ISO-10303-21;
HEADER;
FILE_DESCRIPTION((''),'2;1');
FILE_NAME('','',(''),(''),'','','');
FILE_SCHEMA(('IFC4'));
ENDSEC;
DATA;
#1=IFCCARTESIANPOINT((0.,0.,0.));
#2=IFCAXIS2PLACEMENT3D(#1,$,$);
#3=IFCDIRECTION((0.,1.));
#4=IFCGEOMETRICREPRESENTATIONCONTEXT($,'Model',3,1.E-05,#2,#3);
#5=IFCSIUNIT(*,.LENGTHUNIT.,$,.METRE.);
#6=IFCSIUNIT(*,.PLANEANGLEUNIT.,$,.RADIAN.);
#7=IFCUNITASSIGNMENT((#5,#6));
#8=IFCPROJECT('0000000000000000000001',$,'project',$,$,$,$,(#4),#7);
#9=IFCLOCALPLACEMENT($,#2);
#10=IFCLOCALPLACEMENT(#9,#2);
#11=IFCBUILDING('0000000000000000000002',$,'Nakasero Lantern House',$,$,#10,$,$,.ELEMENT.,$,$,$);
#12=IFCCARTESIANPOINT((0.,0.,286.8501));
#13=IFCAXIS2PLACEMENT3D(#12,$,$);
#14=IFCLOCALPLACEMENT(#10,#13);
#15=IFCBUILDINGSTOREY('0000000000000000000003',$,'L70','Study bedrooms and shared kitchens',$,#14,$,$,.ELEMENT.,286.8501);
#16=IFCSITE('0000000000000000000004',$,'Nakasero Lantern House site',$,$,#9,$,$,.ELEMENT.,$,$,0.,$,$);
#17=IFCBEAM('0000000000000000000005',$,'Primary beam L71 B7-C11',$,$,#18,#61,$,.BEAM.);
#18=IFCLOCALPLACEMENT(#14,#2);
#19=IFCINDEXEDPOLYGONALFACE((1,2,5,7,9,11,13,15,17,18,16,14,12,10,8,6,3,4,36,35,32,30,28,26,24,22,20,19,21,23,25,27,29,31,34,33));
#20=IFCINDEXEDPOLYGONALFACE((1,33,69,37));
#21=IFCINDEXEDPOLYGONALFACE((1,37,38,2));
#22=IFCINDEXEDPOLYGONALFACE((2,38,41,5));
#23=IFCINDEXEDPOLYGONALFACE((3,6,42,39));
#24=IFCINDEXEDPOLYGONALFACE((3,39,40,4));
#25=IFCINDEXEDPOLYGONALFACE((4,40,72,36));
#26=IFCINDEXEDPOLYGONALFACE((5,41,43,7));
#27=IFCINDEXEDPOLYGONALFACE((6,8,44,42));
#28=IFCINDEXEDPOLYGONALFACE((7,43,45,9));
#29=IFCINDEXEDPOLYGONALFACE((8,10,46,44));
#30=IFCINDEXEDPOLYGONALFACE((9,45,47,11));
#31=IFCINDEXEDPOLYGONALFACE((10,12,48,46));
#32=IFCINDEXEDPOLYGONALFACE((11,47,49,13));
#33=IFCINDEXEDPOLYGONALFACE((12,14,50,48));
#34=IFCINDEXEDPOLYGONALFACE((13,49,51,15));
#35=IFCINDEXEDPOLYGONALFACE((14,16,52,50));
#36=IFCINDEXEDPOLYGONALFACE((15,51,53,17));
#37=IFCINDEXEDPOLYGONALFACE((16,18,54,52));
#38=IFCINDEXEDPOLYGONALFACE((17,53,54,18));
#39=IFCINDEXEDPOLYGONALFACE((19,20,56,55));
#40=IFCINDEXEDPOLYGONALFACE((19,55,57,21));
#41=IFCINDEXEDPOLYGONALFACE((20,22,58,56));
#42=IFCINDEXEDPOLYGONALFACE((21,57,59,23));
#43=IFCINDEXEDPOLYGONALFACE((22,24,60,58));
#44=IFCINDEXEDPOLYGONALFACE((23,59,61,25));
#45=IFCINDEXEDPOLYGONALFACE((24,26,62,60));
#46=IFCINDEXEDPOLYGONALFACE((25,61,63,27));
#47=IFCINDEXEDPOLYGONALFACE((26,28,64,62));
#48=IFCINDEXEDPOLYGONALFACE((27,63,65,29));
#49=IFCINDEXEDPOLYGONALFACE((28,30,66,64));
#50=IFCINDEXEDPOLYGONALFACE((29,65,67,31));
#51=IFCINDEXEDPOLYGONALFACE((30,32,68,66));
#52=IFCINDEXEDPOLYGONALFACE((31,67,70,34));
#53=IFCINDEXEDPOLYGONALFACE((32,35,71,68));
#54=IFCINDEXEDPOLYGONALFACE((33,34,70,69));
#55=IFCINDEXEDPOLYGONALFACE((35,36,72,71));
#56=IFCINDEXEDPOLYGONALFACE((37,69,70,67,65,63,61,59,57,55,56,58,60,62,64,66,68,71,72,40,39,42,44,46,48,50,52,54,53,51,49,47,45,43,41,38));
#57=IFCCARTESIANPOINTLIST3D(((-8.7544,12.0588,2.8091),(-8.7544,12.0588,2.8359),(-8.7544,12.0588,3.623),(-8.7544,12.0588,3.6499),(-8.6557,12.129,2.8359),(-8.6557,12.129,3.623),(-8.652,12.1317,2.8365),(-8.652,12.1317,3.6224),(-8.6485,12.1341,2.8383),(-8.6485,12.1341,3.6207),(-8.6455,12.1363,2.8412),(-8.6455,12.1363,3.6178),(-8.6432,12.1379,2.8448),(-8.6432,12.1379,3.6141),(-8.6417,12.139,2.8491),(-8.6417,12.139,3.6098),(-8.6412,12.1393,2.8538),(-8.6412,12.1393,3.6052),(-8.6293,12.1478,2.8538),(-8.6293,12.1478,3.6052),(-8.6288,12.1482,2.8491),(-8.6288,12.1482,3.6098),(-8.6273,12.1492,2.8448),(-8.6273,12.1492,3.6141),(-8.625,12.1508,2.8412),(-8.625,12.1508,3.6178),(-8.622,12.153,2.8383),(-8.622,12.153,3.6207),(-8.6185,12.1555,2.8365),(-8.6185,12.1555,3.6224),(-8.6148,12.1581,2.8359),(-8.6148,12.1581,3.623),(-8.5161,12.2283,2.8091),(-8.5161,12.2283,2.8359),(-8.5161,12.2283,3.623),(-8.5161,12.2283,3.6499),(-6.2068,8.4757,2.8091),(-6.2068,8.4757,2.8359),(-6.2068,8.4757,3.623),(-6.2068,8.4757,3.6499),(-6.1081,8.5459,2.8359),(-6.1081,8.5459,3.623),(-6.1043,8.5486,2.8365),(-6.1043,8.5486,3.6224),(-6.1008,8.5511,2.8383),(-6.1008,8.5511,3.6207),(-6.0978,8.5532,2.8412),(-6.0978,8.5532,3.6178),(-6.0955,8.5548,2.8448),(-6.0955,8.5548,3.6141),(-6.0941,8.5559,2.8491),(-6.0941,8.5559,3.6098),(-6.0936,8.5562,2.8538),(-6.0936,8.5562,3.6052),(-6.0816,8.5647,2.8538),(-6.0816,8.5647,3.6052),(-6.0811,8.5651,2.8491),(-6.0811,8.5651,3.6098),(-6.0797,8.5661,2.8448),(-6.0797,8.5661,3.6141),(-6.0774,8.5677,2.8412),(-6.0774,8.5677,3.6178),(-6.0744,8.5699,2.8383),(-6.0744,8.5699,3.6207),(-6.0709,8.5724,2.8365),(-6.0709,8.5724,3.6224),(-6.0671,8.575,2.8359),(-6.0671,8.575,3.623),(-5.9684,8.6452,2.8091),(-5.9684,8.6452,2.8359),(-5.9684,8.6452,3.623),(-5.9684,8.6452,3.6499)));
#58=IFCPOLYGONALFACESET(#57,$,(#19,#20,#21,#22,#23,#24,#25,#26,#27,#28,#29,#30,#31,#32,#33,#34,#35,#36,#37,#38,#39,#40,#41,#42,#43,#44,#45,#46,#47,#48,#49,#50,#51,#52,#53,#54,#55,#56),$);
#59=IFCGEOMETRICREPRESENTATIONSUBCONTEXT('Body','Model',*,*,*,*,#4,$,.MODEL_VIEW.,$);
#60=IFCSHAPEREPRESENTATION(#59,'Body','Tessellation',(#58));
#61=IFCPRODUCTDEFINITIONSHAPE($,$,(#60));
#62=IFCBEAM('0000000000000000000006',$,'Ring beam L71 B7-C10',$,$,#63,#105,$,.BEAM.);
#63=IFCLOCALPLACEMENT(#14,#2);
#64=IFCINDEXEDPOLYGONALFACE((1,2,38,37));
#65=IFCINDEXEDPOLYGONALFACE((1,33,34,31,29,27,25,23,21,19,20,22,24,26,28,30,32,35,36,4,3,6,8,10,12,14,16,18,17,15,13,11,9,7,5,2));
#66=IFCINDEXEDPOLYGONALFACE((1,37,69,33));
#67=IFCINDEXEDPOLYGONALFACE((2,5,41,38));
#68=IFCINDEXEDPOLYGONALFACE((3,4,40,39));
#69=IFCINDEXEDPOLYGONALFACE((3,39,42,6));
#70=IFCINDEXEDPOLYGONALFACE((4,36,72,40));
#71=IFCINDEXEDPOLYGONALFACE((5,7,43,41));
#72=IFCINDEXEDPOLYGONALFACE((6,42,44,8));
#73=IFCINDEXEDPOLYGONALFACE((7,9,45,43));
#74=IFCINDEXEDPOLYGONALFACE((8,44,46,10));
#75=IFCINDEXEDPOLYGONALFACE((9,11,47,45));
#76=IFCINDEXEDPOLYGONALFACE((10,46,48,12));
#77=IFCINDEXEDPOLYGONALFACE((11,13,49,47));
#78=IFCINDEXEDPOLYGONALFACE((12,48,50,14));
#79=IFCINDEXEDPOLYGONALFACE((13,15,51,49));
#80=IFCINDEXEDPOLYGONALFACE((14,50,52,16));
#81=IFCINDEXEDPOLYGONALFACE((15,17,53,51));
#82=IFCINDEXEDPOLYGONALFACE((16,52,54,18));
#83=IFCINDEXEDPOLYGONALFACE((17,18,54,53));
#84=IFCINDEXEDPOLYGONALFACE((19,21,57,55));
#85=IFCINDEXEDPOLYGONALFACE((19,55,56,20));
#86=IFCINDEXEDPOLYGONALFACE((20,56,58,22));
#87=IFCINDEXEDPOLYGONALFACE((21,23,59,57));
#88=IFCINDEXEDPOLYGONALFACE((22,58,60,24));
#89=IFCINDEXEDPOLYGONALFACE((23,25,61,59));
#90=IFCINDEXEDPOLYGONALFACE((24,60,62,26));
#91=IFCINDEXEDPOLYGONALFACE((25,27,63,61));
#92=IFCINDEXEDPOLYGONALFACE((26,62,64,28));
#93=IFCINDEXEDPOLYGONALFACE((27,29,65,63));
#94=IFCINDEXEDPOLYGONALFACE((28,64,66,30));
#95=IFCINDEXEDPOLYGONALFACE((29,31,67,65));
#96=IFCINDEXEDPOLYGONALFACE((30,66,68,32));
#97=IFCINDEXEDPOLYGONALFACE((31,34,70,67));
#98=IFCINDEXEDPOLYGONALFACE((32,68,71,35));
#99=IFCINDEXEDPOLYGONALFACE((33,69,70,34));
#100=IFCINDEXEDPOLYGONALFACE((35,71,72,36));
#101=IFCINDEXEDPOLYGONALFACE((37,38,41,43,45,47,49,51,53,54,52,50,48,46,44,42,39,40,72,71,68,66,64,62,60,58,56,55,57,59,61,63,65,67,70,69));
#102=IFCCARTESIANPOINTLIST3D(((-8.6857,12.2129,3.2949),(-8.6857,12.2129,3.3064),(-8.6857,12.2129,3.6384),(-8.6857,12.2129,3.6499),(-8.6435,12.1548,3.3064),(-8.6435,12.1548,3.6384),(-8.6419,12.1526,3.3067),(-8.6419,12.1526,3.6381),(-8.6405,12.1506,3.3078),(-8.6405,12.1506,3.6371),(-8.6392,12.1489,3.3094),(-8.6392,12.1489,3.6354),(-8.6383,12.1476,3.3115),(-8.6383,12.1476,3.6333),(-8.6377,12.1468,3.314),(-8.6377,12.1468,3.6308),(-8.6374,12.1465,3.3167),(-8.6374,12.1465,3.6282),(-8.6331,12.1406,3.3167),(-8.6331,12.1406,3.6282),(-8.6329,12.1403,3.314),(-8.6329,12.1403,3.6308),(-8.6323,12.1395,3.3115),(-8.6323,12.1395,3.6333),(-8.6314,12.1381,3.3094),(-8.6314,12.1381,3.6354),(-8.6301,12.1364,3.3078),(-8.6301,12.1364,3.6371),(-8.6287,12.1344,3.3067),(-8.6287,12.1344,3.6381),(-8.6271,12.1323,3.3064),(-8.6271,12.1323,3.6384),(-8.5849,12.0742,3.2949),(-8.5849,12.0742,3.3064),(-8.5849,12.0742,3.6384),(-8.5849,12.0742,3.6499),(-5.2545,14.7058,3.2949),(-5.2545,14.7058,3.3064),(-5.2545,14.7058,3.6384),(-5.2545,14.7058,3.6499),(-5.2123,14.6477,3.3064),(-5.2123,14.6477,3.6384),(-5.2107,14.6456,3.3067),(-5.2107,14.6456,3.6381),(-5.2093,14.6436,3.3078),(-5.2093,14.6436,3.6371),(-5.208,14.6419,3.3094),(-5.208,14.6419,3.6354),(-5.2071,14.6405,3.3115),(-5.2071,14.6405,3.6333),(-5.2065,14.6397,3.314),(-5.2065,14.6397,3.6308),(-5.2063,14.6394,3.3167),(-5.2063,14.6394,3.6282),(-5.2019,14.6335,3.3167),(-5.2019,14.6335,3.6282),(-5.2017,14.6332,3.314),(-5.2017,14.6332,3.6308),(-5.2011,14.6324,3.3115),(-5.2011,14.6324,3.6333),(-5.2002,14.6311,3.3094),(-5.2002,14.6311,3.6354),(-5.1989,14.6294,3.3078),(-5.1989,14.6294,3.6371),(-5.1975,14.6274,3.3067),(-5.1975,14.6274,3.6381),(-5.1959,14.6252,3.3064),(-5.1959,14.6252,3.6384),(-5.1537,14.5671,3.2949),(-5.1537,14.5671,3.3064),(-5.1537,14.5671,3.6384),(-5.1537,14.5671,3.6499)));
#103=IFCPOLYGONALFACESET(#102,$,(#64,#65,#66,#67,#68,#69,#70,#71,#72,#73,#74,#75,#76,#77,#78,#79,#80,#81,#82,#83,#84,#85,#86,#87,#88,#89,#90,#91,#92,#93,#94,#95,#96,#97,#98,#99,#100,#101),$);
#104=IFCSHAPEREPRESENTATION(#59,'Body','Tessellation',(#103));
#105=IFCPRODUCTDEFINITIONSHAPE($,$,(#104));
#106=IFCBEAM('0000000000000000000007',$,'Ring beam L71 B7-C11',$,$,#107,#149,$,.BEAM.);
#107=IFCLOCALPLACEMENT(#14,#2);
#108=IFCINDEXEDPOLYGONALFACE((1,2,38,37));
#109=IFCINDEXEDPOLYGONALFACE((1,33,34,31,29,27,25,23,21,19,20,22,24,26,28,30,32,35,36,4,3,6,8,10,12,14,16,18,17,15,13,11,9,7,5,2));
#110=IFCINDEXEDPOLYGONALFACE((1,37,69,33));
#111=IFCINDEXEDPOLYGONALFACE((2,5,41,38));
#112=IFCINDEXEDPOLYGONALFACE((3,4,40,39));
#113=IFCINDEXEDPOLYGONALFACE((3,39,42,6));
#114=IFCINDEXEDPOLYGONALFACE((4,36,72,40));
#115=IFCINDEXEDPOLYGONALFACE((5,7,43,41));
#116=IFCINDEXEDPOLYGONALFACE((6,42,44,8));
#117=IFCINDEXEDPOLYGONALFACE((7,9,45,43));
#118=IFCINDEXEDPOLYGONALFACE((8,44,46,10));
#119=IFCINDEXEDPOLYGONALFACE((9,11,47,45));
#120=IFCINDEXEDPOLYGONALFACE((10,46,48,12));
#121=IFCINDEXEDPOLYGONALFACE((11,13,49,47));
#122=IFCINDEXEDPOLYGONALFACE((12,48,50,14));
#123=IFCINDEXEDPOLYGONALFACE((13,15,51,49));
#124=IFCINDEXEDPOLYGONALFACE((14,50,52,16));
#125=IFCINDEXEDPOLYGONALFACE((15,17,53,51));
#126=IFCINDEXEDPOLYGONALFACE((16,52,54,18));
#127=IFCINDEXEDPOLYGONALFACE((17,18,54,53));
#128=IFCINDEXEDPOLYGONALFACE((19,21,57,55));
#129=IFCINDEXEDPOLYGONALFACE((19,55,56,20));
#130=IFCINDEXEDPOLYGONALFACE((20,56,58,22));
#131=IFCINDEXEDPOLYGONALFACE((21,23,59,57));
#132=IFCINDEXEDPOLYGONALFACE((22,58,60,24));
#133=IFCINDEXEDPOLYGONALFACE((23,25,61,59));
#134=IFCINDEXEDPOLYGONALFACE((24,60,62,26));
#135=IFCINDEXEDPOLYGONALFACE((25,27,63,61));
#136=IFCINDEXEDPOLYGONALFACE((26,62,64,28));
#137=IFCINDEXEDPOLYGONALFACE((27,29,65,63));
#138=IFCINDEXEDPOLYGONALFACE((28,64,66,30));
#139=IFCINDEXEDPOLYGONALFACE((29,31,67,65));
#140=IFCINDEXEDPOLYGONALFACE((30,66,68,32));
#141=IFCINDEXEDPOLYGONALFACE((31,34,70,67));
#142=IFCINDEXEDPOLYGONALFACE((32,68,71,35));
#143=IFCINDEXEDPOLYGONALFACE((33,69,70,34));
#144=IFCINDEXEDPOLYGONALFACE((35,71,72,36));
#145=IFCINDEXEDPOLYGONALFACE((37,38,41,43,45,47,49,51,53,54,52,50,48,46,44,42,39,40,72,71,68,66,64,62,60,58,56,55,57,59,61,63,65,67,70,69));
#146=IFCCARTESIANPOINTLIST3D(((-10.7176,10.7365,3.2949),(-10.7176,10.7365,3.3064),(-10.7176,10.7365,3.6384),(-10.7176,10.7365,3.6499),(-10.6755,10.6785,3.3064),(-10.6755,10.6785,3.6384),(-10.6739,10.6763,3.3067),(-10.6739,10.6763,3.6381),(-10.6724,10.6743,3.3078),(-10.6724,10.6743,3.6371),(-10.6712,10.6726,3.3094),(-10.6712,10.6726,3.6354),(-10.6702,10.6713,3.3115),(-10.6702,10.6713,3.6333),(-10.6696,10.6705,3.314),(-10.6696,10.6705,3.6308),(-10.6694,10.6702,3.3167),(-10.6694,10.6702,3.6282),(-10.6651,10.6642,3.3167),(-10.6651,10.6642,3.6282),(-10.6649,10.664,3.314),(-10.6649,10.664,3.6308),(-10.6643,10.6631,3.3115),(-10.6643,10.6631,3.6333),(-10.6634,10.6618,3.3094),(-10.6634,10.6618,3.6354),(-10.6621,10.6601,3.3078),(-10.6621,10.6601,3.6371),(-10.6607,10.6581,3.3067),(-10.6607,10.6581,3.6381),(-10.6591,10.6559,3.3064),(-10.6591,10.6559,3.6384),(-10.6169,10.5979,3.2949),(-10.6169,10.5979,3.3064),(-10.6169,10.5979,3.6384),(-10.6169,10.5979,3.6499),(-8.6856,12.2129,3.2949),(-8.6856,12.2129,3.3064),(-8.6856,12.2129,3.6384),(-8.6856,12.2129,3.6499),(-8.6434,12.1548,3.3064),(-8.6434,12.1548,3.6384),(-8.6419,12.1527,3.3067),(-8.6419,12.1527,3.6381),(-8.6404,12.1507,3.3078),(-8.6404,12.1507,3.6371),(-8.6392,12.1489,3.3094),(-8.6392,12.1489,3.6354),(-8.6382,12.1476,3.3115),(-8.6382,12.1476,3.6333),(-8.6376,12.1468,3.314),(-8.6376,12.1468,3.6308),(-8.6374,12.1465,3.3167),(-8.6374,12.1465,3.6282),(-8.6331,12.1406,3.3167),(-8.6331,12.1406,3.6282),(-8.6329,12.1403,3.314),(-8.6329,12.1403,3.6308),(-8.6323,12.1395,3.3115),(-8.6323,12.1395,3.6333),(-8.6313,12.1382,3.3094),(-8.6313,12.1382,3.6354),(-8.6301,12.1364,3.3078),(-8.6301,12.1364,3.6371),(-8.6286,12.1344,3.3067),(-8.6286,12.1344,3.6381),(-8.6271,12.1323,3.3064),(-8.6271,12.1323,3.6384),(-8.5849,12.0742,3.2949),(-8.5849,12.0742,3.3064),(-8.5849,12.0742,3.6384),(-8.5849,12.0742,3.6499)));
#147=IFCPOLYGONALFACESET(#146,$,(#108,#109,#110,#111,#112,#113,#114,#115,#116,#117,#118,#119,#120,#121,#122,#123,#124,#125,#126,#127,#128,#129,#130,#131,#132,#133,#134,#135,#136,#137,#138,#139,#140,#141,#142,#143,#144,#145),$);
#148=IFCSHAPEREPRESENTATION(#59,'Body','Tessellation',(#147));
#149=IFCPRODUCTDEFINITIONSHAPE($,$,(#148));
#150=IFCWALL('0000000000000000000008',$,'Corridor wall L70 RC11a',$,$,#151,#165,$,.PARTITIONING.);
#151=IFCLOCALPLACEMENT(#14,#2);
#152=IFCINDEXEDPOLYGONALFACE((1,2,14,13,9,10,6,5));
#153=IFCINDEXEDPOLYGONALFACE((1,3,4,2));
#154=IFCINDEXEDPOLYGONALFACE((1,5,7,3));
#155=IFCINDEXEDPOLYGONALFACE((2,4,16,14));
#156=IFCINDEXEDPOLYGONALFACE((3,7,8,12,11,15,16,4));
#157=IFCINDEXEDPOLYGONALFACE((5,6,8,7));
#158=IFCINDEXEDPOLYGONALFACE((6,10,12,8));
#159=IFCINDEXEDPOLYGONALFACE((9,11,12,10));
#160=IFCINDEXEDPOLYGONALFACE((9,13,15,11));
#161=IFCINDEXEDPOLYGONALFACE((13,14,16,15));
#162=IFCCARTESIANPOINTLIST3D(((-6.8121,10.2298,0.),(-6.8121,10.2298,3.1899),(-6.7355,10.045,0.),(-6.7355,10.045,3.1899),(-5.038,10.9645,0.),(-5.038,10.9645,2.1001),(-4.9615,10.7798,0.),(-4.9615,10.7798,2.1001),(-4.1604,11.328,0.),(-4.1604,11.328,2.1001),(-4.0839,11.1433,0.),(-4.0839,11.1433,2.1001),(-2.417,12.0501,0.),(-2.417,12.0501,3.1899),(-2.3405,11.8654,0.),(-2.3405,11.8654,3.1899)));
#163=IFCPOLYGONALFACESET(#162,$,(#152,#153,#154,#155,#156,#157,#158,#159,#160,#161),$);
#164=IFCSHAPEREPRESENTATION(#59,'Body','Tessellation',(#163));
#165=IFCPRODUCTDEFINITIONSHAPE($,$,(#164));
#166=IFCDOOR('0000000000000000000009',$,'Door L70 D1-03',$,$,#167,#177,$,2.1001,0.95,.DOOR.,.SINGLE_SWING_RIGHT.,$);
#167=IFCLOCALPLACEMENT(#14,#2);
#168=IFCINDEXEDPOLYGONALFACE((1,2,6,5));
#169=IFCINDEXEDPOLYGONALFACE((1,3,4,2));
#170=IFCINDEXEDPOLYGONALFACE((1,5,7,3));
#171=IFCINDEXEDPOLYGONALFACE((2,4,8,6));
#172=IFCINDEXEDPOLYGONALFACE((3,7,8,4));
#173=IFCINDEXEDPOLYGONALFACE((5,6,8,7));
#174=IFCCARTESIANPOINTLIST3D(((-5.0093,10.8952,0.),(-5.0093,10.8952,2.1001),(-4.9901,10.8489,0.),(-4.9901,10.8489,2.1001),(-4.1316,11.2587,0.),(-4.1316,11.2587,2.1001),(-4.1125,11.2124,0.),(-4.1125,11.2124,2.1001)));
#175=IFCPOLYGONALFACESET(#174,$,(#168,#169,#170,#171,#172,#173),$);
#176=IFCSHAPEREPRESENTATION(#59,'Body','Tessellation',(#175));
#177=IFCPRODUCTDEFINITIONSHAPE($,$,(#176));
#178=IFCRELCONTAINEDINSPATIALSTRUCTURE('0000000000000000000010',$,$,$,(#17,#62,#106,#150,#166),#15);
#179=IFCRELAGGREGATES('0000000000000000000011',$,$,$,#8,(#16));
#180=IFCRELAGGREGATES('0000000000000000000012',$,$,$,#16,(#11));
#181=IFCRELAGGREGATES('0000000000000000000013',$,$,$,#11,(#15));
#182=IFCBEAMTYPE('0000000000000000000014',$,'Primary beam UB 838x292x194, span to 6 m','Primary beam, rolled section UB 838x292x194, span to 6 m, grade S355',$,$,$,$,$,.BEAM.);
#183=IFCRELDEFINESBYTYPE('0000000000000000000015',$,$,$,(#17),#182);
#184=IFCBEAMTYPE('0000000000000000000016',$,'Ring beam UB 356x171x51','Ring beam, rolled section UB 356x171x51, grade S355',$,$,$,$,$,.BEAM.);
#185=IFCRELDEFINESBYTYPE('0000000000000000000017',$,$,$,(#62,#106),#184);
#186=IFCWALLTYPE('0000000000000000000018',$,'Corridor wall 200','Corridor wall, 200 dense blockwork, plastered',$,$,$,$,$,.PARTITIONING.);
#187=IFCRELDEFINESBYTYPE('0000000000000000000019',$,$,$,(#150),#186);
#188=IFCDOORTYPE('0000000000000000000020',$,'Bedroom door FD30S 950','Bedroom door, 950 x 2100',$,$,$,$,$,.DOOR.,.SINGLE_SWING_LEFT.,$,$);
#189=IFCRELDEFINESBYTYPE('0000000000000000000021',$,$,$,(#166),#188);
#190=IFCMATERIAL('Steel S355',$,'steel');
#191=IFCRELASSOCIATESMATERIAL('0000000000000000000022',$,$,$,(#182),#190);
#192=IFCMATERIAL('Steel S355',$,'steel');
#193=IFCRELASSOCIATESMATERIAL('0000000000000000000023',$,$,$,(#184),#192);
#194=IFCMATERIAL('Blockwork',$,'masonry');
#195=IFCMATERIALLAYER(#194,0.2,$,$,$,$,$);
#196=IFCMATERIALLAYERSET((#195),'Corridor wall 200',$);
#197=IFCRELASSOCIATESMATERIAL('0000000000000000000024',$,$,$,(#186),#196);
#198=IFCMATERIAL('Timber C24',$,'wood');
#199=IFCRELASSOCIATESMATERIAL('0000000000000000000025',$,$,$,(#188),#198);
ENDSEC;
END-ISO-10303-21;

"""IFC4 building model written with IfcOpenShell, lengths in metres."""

from ifc_helpers import new_model, si_unit, direction, frame, frame_2d, origin, origin_2d, place, context, subcontext, project, spatial, rectangle, i_section, extrude, material, layer, layer_set, material_profile, profile_set, type_object, element, fill, save


model = new_model("IFC4")

# Units and contexts
model_context = context("Model", 3, precision=1e-05, world=origin(), true_north=direction((0.0, 1.0)))
body_context = subcontext(model_context, "Body", "Model", "MODEL_VIEW")
ifc_project = project(units=[si_unit("LENGTHUNIT", "METRE"), si_unit("PLANEANGLEUNIT", "RADIAN")], contexts=[model_context])

# Site, building, storey
site_placement = place(None, origin())
site = spatial("IfcSite", under=ifc_project, at=site_placement, Name="Nakasero Lantern House site", CompositionType="ELEMENT", RefElevation=0.0)
building_placement = place(site_placement, origin())
building = spatial("IfcBuilding", under=site, at=building_placement, Name="Nakasero Lantern House", CompositionType="ELEMENT")
storey_placement = place(building_placement, frame((0.0, 0.0, 286.8501)))
storey = spatial("IfcBuildingStorey", under=building, at=storey_placement, Name="L70", Description="Study bedrooms and shared kitchens", CompositionType="ELEMENT", Elevation=286.8501)

# Beams
ifc_material_1 = material(Name="Steel S355", Category="steel")
ifc_material_profile_1 = material_profile(ifc_material_1, i_section(OverallWidth=0.2925, OverallDepth=0.8408, WebThickness=0.0146, FlangeThickness=0.0269, FilletRadius=0.0178, at=origin_2d()), Name="UB 838x292x194")
ifc_profile_set_1 = profile_set([ifc_material_profile_1], Name="Steel S355")
beam_type_1 = type_object("IfcBeamType", Name="Primary beam UB 838x292x194, span to 6 m", Description="Primary beam, rolled section UB 838x292x194, span to 6 m, grade S355", PredefinedType="BEAM", material=ifc_profile_set_1)
beam_1_placement = place(storey_placement, frame((-8.6353, 12.1436, 3.2295), z_axis=(0.579477, -0.814989, 0.0), x_axis=(0.814989, 0.579477, 0.0)))
element("IfcBeam", 1, at=beam_1_placement, inside=storey, type_object=beam_type_1, Name="Primary beam L71 B7-C11", PredefinedType="BEAM", context=body_context, shape_type="SweptSolid", body=[
    extrude(i_section(OverallWidth=0.2925, OverallDepth=0.8408, WebThickness=0.0146, FlangeThickness=0.0269, FilletRadius=0.0178, at=origin_2d()), origin(), (0.0, 0.0, 1.0), 4.3965),
])
ifc_material_2 = material(Name="Steel S355", Category="steel")
ifc_material_profile_2 = material_profile(ifc_material_2, i_section(OverallWidth=0.1714, OverallDepth=0.355, WebThickness=0.0073, FlangeThickness=0.0115, FilletRadius=0.0103, at=origin_2d()), Name="UB 356x171x51")
ifc_profile_set_2 = profile_set([ifc_material_profile_2], Name="Steel S355")
beam_type_2 = type_object("IfcBeamType", Name="Ring beam UB 356x171x51", Description="Ring beam, rolled section UB 356x171x51, grade S355", PredefinedType="BEAM", material=ifc_profile_set_2)
beam_2_placement = place(storey_placement, frame((-5.2041, 14.6365, 3.4724), z_axis=(-0.809012, -0.587792, 0.0), x_axis=(0.587792, -0.809012, 0.0)))
element("IfcBeam", 2, at=beam_2_placement, inside=storey, type_object=beam_type_2, Name="Ring beam L71 B7-C10", PredefinedType="BEAM", context=body_context, shape_type="SweptSolid", body=[
    extrude(i_section(OverallWidth=0.1714, OverallDepth=0.355, WebThickness=0.0073, FlangeThickness=0.0115, FilletRadius=0.0103, at=origin_2d()), origin(), (0.0, 0.0, 1.0), 4.2412),
])
beam_3_placement = place(storey_placement, frame((-8.6353, 12.1436, 3.4724), z_axis=(-0.809018, -0.587784, 0.0), x_axis=(0.587784, -0.809018, 0.0)))
element("IfcBeam", 3, at=beam_3_placement, inside=storey, type_object=beam_type_2, Name="Ring beam L71 B7-C11", PredefinedType="BEAM", context=body_context, shape_type="SweptSolid", body=[
    extrude(i_section(OverallWidth=0.1714, OverallDepth=0.355, WebThickness=0.0073, FlangeThickness=0.0115, FilletRadius=0.0103, at=origin_2d()), origin(), (0.0, 0.0, 1.0), 2.5117),
])

# Wall, opening, door
ifc_material_3 = material(Name="Blockwork", Category="masonry")
ifc_layer_1 = layer(ifc_material_3, 0.2)
ifc_layer_set_1 = layer_set([ifc_layer_1], Name="Corridor wall 200")
wall_type_1 = type_object("IfcWallType", Name="Corridor wall 200", Description="Corridor wall, 200 dense blockwork, plastered", PredefinedType="PARTITIONING", material=ifc_layer_set_1)
wall_1_placement = place(storey_placement, frame((-6.7737, 10.1375, 0.0), z_axis=(0.0, 0.0, 1.0), x_axis=(0.923892, 0.382654, 0.0)))
wall_1 = element("IfcWall", 4, at=wall_1_placement, inside=storey, type_object=wall_type_1, Name="Corridor wall L70 RC11a", PredefinedType="PARTITIONING", context=body_context, shape_type="SweptSolid", body=[
    extrude(rectangle(XDim=4.7571, YDim=0.2, at=frame_2d((2.3784, 0.0))), origin(), (0.0, 0.0, 1.0), 3.1899),
])
opening_1_placement = place(wall_1_placement, frame((1.9199, 0.0, 0.0)))
opening_1 = element("IfcOpeningElement", 5, at=opening_1_placement, cuts=wall_1, PredefinedType="OPENING", context=body_context, shape_type="SweptSolid", body=[
    extrude(rectangle(XDim=0.95, YDim=2.1001, at=frame_2d((0.4751, 1.05))), frame((0.0, 0.1199, 0.0), z_axis=(0.0, -1.0, 0.0), x_axis=(1.0, 0.0, 0.0)), (0.0, 0.0, 1.0), 0.24),
])
ifc_material_4 = material(Name="Timber C24", Category="wood")
door_type_1 = type_object("IfcDoorType", Name="Bedroom door FD30S 950", Description="Bedroom door, 950 x 2100", OperationType="SINGLE_SWING_LEFT", PredefinedType="DOOR", material=ifc_material_4)
door_1_placement = place(opening_1_placement, origin())
door_1 = element("IfcDoor", 6, at=door_1_placement, inside=storey, type_object=door_type_1, Name="Door L70 D1-03", OperationType="SINGLE_SWING_RIGHT", OverallHeight=2.1001, OverallWidth=0.95, PredefinedType="DOOR", context=body_context, shape_type="SweptSolid", body=[
    extrude(rectangle(XDim=0.95, YDim=2.1001, at=frame_2d((0.4751, 1.05))), frame((0.0, 0.0249, 0.0), z_axis=(0.0, -1.0, 0.0), x_axis=(1.0, 0.0, 0.0)), (0.0, 0.0, 1.0), 0.05),
])
fill(opening_1, door_1)

save(model, "model.ifc")
